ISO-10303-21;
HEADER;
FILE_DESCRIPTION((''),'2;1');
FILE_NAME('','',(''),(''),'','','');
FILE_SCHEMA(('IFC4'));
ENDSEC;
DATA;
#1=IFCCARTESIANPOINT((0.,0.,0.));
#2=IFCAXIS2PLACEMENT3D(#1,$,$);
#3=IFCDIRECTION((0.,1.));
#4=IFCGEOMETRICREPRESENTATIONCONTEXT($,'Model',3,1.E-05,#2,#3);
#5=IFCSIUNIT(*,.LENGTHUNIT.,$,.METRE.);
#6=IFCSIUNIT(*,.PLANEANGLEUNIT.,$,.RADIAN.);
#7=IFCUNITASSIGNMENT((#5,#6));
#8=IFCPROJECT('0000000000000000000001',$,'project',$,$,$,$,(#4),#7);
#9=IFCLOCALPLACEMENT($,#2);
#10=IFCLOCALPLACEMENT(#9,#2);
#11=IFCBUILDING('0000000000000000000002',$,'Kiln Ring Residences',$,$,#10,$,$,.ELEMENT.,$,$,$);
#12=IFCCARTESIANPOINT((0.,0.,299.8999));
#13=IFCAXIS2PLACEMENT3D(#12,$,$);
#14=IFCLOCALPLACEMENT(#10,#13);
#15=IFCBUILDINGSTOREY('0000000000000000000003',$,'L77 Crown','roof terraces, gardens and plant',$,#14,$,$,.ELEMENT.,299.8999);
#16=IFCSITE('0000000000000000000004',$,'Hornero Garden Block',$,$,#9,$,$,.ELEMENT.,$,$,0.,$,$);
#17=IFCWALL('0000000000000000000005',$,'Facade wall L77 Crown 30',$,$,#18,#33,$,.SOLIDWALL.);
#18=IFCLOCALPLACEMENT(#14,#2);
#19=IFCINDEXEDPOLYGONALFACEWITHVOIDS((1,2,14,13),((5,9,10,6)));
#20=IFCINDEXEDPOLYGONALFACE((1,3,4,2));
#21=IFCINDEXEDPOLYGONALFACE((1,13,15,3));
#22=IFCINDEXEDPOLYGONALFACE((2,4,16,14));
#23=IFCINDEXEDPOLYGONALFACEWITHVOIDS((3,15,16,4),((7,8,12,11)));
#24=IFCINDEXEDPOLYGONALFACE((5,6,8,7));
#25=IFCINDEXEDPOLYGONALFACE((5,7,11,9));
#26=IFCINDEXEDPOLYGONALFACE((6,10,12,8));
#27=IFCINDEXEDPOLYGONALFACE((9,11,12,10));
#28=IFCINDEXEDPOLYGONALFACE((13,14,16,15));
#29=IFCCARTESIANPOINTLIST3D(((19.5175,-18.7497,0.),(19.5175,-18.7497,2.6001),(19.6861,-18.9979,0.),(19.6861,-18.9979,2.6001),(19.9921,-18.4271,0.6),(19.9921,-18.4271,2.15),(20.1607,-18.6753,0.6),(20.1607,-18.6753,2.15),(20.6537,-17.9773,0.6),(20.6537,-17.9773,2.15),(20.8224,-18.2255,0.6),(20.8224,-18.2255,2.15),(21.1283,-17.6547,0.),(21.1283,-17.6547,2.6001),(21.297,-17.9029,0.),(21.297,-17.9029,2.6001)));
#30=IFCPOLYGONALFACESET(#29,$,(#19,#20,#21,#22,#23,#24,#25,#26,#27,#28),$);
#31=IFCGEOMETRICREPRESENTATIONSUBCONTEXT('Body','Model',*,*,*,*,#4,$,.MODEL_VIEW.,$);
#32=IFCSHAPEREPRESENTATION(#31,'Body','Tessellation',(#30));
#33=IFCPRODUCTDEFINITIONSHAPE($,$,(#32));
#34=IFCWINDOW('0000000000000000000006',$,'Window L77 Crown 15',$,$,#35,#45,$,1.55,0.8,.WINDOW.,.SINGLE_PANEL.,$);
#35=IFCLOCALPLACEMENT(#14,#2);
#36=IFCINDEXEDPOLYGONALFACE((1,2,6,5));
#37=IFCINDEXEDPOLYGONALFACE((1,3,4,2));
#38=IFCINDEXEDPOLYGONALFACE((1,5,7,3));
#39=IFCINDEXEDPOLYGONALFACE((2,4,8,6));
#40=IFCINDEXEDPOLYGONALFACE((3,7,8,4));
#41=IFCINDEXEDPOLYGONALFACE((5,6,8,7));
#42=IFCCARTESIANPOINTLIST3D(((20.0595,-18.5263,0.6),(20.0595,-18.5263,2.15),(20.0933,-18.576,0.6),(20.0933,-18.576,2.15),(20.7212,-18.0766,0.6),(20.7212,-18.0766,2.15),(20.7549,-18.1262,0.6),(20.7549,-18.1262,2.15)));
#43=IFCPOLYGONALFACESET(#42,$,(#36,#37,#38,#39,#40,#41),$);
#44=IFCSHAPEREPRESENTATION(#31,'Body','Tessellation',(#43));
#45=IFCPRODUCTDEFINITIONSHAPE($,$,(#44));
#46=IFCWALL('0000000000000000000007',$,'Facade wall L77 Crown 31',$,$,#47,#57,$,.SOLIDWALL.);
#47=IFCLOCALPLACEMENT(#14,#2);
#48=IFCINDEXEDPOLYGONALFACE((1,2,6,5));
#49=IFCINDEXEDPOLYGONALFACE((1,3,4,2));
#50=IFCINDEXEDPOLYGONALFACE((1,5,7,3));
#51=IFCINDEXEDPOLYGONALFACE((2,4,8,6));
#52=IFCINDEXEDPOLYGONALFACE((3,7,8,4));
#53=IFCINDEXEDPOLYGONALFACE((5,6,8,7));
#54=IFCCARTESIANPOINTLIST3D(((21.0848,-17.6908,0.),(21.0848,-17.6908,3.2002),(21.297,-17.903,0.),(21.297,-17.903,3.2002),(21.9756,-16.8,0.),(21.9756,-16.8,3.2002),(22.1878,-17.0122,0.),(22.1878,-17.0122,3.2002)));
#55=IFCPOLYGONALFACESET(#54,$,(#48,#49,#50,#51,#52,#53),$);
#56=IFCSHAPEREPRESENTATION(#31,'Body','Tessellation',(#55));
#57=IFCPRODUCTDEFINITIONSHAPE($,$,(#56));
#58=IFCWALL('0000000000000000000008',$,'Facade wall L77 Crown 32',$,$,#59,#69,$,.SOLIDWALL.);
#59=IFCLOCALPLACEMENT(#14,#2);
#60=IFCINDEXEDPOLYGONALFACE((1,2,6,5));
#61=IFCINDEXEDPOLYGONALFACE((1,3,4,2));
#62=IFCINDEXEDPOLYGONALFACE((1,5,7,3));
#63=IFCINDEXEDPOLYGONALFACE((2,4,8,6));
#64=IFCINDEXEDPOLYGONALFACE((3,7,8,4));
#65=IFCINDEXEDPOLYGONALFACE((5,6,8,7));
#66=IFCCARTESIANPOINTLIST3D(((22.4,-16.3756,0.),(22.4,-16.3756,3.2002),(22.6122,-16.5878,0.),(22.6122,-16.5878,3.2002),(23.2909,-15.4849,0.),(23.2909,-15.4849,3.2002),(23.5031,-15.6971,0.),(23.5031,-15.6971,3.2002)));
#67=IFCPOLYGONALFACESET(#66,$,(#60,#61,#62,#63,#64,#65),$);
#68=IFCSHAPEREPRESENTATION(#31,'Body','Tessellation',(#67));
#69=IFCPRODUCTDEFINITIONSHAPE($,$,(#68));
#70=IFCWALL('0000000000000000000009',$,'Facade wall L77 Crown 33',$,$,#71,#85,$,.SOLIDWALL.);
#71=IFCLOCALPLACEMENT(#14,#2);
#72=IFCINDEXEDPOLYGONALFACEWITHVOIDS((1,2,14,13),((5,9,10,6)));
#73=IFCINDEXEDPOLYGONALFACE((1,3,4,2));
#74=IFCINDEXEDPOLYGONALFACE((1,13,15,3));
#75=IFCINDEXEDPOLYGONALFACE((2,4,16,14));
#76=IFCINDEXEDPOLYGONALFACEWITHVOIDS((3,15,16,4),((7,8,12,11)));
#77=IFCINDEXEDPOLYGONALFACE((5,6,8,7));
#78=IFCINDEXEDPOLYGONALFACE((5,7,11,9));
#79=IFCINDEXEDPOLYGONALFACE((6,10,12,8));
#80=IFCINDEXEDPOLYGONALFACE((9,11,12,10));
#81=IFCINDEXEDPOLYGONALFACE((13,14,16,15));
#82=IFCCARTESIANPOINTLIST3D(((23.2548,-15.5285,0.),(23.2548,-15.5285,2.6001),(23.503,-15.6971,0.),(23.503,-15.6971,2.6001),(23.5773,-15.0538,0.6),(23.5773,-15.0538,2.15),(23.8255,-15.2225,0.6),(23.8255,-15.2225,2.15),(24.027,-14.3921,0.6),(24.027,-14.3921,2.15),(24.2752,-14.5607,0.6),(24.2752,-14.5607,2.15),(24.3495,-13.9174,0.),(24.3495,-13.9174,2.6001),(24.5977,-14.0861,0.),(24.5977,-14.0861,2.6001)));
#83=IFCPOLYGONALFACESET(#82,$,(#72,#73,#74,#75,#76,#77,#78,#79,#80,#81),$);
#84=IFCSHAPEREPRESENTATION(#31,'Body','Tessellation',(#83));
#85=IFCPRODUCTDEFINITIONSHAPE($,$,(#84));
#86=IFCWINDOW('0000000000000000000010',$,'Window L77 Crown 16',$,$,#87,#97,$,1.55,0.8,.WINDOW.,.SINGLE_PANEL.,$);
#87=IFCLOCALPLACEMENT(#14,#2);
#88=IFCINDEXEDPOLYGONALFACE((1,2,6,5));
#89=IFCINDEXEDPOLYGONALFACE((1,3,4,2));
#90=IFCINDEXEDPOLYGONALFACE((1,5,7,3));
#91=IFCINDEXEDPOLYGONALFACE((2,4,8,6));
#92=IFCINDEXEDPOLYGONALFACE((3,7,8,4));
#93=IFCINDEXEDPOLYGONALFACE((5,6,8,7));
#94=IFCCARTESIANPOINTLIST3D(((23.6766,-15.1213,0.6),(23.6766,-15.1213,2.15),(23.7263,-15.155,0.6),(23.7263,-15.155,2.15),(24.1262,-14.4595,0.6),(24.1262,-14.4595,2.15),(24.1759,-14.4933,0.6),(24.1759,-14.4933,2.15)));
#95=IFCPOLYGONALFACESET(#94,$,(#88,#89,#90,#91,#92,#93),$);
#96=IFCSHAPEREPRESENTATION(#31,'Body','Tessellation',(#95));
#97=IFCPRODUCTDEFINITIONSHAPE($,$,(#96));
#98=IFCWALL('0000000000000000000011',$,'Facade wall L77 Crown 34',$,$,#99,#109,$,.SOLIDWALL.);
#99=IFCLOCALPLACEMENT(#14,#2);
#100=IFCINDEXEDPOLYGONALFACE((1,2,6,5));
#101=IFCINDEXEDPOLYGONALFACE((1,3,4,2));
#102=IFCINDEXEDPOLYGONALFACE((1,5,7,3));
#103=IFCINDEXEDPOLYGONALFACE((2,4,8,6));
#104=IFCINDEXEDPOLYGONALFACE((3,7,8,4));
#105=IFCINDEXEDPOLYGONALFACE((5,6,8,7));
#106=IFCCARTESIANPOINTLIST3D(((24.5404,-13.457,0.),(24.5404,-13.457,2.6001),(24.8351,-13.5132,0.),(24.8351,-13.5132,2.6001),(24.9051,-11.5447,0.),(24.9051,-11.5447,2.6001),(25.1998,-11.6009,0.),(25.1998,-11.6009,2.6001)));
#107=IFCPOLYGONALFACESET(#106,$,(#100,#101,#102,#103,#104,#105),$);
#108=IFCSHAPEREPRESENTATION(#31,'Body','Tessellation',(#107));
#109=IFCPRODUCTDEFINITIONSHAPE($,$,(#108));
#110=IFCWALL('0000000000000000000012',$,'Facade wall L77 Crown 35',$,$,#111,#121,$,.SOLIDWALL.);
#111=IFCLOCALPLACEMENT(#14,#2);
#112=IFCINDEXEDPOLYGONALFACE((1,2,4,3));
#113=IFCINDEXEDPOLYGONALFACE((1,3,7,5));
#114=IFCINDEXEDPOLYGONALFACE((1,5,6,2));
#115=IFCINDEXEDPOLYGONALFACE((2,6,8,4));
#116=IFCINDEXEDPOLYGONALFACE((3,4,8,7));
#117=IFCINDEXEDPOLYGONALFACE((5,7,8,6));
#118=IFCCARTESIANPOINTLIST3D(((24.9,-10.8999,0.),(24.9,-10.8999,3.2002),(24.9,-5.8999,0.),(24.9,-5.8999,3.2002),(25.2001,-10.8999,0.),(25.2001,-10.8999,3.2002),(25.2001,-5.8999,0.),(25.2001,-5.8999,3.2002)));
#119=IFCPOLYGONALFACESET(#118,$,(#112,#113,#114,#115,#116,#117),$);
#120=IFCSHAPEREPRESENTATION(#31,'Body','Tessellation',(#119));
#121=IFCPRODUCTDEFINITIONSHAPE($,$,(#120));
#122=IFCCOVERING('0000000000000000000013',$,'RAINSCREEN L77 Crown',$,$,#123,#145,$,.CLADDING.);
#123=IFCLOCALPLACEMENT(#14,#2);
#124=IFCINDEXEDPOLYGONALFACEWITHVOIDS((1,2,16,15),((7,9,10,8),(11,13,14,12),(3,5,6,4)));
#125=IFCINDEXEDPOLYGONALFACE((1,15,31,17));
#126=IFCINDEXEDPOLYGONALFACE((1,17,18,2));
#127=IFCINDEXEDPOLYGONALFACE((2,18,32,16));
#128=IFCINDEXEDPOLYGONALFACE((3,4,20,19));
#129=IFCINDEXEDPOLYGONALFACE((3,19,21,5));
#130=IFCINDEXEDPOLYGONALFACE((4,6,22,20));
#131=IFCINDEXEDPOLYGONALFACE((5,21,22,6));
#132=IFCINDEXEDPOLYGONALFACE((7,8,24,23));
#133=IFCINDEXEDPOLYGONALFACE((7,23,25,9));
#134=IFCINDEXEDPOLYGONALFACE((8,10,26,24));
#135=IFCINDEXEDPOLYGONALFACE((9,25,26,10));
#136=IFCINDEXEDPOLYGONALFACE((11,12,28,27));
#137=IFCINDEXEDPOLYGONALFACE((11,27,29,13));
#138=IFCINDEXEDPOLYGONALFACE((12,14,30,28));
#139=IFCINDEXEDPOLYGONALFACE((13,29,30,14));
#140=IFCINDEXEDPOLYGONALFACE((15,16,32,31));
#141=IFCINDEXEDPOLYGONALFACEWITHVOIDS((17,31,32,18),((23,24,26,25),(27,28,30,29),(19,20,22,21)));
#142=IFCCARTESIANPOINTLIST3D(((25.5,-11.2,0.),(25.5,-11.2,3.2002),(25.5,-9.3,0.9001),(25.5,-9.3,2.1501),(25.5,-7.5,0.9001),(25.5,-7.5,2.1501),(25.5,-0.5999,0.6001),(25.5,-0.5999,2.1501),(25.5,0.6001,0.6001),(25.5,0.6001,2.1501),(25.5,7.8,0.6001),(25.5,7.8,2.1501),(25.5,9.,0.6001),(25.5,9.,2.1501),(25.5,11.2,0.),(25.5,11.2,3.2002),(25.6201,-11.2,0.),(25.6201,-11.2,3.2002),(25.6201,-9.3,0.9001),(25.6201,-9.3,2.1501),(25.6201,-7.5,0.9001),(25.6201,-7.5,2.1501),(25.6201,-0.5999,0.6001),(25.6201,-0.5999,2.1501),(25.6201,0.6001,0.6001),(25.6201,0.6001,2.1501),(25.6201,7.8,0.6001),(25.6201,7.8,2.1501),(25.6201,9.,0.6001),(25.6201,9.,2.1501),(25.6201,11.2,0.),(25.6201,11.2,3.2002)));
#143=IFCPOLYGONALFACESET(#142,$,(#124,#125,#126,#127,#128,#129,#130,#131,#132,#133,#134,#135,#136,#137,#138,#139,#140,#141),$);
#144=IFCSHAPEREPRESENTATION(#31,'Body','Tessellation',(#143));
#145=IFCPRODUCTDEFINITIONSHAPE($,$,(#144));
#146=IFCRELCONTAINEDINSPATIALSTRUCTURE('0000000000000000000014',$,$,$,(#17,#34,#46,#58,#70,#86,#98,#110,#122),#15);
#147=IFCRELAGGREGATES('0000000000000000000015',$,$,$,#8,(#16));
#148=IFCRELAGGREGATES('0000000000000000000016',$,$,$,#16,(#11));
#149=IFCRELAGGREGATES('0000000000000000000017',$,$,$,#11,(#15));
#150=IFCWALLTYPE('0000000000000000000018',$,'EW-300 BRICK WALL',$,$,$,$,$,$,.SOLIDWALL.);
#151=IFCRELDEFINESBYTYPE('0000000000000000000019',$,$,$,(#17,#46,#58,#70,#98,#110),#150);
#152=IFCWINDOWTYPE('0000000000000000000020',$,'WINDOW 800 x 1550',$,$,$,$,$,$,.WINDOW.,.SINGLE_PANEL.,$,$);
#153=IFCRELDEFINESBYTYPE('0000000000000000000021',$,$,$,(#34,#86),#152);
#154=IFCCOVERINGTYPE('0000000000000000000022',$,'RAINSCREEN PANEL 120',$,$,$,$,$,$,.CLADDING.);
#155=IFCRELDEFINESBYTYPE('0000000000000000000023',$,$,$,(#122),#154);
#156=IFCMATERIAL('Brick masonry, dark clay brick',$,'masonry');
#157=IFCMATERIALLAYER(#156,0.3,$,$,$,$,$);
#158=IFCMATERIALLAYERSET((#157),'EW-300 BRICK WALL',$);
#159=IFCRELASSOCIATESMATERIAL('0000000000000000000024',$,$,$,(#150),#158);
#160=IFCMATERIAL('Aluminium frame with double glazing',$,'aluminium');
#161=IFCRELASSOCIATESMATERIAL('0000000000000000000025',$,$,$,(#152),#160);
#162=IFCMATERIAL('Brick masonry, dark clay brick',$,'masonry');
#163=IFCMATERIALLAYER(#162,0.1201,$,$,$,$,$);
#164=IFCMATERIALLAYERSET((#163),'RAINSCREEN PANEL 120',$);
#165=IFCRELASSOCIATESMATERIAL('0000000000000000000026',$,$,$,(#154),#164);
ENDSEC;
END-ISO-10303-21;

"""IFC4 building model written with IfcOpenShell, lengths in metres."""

from ifc_helpers import new_model, si_unit, direction, frame, frame_2d, origin, place, context, subcontext, project, spatial, polyline, rectangle, outline, extrude, material, layer, layer_set, type_object, element, fill, save


model = new_model("IFC4")

# Units and contexts
model_context = context("Model", 3, precision=1e-05, world=origin(), true_north=direction((0.0, 1.0)))
body_context = subcontext(model_context, "Body", "Model", "MODEL_VIEW")
ifc_project = project(units=[si_unit("LENGTHUNIT", "METRE"), si_unit("PLANEANGLEUNIT", "RADIAN")], contexts=[model_context])

# Site, building, storey
site_placement = place(None, origin())
site = spatial("IfcSite", under=ifc_project, at=site_placement, Name="Hornero Garden Block", CompositionType="ELEMENT", RefElevation=0.0)
building_placement = place(site_placement, origin())
building = spatial("IfcBuilding", under=site, at=building_placement, Name="Kiln Ring Residences", CompositionType="ELEMENT")
storey_placement = place(building_placement, frame((0.0, 0.0, 299.8999)))
storey = spatial("IfcBuildingStorey", under=building, at=storey_placement, Name="L77 Crown", Description="roof terraces, gardens and plant", CompositionType="ELEMENT", Elevation=299.8999)

# Wall, opening, window
ifc_material_1 = material(Name="Brick masonry, dark clay brick", Category="masonry")
ifc_layer_1 = layer(ifc_material_1, 0.3)
ifc_layer_set_1 = layer_set([ifc_layer_1], Name="EW-300 BRICK WALL")
wall_type_1 = type_object("IfcWallType", Name="EW-300 BRICK WALL", PredefinedType="SOLIDWALL", material=ifc_layer_set_1)
wall_1_placement = place(storey_placement, frame((19.6018, -18.8738, 0.0), z_axis=(0.0, 0.0, 1.0), x_axis=(0.827022, 0.562169, 0.0)))
wall_1 = element("IfcWall", 1, at=wall_1_placement, inside=storey, type_object=wall_type_1, Name="Facade wall L77 Crown 30", PredefinedType="SOLIDWALL", context=body_context, shape_type="SweptSolid", body=[
    extrude(rectangle(XDim=1.9478, YDim=0.3, at=frame_2d((0.9739, 0.0))), origin(), (0.0, 0.0, 1.0), 2.6001),
])
opening_1_placement = place(wall_1_placement, frame((0.574, 0.0, 0.6001)))
opening_1 = element("IfcOpeningElement", 2, at=opening_1_placement, cuts=wall_1, PredefinedType="OPENING", context=body_context, shape_type="SweptSolid", body=[
    extrude(rectangle(XDim=0.8, YDim=1.55, at=frame_2d((0.3999, 0.7749))), frame((0.0, 0.1599, 0.0), z_axis=(0.0, -1.0, 0.0), x_axis=(1.0, 0.0, 0.0)), (0.0, 0.0, 1.0), 0.3201),
])
ifc_material_2 = material(Name="Aluminium frame with double glazing", Category="aluminium")
window_type = type_object("IfcWindowType", Name="WINDOW 800 x 1550", PartitioningType="SINGLE_PANEL", PredefinedType="WINDOW", material=ifc_material_2)
window_1_placement = place(opening_1_placement, origin())
window_1 = element("IfcWindow", 3, at=window_1_placement, inside=storey, type_object=window_type, Name="Window L77 Crown 15", OverallHeight=1.55, OverallWidth=0.8, PartitioningType="SINGLE_PANEL", PredefinedType="WINDOW", context=body_context, shape_type="SweptSolid", body=[
    extrude(rectangle(XDim=0.8, YDim=1.55, at=frame_2d((0.3999, 0.7749))), frame((0.0, 0.03, 0.0), z_axis=(0.0, -1.0, 0.0), x_axis=(1.0, 0.0, 0.0)), (0.0, 0.0, 1.0), 0.0601),
])
fill(opening_1, window_1)

# Walls
for number, where, z_axis, x_axis, name in (
    (4, (21.1909, -17.7969, 0.0), (0.0, 0.0, 1.0), (0.707107, 0.707107, 0.0), "Facade wall L77 Crown 31"),
    (5, (22.5061, -16.4817, 0.0), (0.0, 0.0, 1.0), (0.707204, 0.70701, 0.0), "Facade wall L77 Crown 32"),
):
    element("IfcWall", number, at=place(storey_placement, frame(where, z_axis=z_axis, x_axis=x_axis)), inside=storey, type_object=wall_type_1, Name=name, PredefinedType="SOLIDWALL", context=body_context, shape_type="SweptSolid", body=[
        extrude(rectangle(XDim=1.2598, YDim=0.3, at=frame_2d((0.6299, 0.0))), origin(), (0.0, 0.0, 1.0), 3.2002),
    ])

# Wall, opening, window
wall_2_placement = place(storey_placement, frame((23.3789, -15.6128, 0.0), z_axis=(0.0, 0.0, 1.0), x_axis=(0.562025, 0.82712, 0.0)))
wall_2 = element("IfcWall", 6, at=wall_2_placement, inside=storey, type_object=wall_type_1, Name="Facade wall L77 Crown 33", PredefinedType="SOLIDWALL", context=body_context, shape_type="SweptSolid", body=[
    extrude(rectangle(XDim=1.9478, YDim=0.3, at=frame_2d((0.9739, 0.0))), origin(), (0.0, 0.0, 1.0), 2.6001),
])
opening_2_placement = place(wall_2_placement, frame((0.574, 0.0, 0.6001)))
opening_2 = element("IfcOpeningElement", 7, at=opening_2_placement, cuts=wall_2, PredefinedType="OPENING", context=body_context, shape_type="SweptSolid", body=[
    extrude(rectangle(XDim=0.8, YDim=1.55, at=frame_2d((0.3999, 0.7749))), frame((0.0, 0.1599, 0.0), z_axis=(0.0, -1.0, 0.0), x_axis=(1.0, 0.0, 0.0)), (0.0, 0.0, 1.0), 0.3201),
])
window_2_placement = place(opening_2_placement, origin())
window_2 = element("IfcWindow", 8, at=window_2_placement, inside=storey, type_object=window_type, Name="Window L77 Crown 16", OverallHeight=1.55, OverallWidth=0.8, PartitioningType="SINGLE_PANEL", PredefinedType="WINDOW", context=body_context, shape_type="SweptSolid", body=[
    extrude(rectangle(XDim=0.8, YDim=1.55, at=frame_2d((0.3999, 0.7749))), frame((0.0, 0.03, 0.0), z_axis=(0.0, -1.0, 0.0), x_axis=(1.0, 0.0, 0.0)), (0.0, 0.0, 1.0), 0.0601),
])
fill(opening_2, window_2)

# Walls
wall_3_placement = place(storey_placement, frame((24.6877, -13.4851, 0.0), z_axis=(0.0, 0.0, 1.0), x_axis=(0.187354, 0.982292, 0.0)))
element("IfcWall", 9, at=wall_3_placement, inside=storey, type_object=wall_type_1, Name="Facade wall L77 Crown 34", PredefinedType="SOLIDWALL", context=body_context, shape_type="SweptSolid", body=[
    extrude(rectangle(XDim=1.9468, YDim=0.3, at=frame_2d((0.9734, 0.0))), origin(), (0.0, 0.0, 1.0), 2.6001),
])
wall_4_placement = place(storey_placement, frame((25.05, -10.8999, 0.0), z_axis=(0.0, 0.0, 1.0), x_axis=(0.0, 1.0, 0.0)))
element("IfcWall", 10, at=wall_4_placement, inside=storey, type_object=wall_type_1, Name="Facade wall L77 Crown 35", PredefinedType="SOLIDWALL", context=body_context, shape_type="SweptSolid", body=[
    extrude(rectangle(XDim=5.0, YDim=0.3, at=frame_2d((2.5, 0.0))), origin(), (0.0, 0.0, 1.0), 3.2002),
])

# Covering
ifc_material_3 = material(Name="Brick masonry, dark clay brick", Category="masonry")
ifc_layer_2 = layer(ifc_material_3, 0.1201)
ifc_layer_set_2 = layer_set([ifc_layer_2], Name="RAINSCREEN PANEL 120")
covering_type = type_object("IfcCoveringType", Name="RAINSCREEN PANEL 120", PredefinedType="CLADDING", material=ifc_layer_set_2)
covering_placement = place(storey_placement, frame((25.5601, -11.2, 0.0), z_axis=(0.0, 0.0, 1.0), x_axis=(0.0, 1.0, 0.0)))
element("IfcCovering", 11, at=covering_placement, inside=storey, type_object=covering_type, Name="RAINSCREEN L77 Crown", PredefinedType="CLADDING", context=body_context, shape_type="SweptSolid", body=[
    extrude(outline(polyline([(0.0, 0.0), (22.3999, 0.0), (22.3999, 3.2002), (0.0, 3.2002), (0.0, 0.0)]), holes=[polyline([(11.8, 2.1501), (10.6001, 2.1501), (10.6001, 0.6001), (11.8, 0.6001), (11.8, 2.1501)]), polyline([(20.2, 0.6001), (20.2, 2.1501), (19.0, 2.1501), (19.0, 0.6001), (20.2, 0.6001)]), polyline([(3.7, 0.9001), (3.7, 2.1501), (1.8999, 2.1501), (1.8999, 0.9001), (3.7, 0.9001)])]), frame((0.0, 0.0601, 0.0), z_axis=(0.0, -1.0, 0.0), x_axis=(1.0, 0.0, 0.0)), (0.0, 0.0, 1.0), 0.1201),
])

save(model, "model.ifc")
